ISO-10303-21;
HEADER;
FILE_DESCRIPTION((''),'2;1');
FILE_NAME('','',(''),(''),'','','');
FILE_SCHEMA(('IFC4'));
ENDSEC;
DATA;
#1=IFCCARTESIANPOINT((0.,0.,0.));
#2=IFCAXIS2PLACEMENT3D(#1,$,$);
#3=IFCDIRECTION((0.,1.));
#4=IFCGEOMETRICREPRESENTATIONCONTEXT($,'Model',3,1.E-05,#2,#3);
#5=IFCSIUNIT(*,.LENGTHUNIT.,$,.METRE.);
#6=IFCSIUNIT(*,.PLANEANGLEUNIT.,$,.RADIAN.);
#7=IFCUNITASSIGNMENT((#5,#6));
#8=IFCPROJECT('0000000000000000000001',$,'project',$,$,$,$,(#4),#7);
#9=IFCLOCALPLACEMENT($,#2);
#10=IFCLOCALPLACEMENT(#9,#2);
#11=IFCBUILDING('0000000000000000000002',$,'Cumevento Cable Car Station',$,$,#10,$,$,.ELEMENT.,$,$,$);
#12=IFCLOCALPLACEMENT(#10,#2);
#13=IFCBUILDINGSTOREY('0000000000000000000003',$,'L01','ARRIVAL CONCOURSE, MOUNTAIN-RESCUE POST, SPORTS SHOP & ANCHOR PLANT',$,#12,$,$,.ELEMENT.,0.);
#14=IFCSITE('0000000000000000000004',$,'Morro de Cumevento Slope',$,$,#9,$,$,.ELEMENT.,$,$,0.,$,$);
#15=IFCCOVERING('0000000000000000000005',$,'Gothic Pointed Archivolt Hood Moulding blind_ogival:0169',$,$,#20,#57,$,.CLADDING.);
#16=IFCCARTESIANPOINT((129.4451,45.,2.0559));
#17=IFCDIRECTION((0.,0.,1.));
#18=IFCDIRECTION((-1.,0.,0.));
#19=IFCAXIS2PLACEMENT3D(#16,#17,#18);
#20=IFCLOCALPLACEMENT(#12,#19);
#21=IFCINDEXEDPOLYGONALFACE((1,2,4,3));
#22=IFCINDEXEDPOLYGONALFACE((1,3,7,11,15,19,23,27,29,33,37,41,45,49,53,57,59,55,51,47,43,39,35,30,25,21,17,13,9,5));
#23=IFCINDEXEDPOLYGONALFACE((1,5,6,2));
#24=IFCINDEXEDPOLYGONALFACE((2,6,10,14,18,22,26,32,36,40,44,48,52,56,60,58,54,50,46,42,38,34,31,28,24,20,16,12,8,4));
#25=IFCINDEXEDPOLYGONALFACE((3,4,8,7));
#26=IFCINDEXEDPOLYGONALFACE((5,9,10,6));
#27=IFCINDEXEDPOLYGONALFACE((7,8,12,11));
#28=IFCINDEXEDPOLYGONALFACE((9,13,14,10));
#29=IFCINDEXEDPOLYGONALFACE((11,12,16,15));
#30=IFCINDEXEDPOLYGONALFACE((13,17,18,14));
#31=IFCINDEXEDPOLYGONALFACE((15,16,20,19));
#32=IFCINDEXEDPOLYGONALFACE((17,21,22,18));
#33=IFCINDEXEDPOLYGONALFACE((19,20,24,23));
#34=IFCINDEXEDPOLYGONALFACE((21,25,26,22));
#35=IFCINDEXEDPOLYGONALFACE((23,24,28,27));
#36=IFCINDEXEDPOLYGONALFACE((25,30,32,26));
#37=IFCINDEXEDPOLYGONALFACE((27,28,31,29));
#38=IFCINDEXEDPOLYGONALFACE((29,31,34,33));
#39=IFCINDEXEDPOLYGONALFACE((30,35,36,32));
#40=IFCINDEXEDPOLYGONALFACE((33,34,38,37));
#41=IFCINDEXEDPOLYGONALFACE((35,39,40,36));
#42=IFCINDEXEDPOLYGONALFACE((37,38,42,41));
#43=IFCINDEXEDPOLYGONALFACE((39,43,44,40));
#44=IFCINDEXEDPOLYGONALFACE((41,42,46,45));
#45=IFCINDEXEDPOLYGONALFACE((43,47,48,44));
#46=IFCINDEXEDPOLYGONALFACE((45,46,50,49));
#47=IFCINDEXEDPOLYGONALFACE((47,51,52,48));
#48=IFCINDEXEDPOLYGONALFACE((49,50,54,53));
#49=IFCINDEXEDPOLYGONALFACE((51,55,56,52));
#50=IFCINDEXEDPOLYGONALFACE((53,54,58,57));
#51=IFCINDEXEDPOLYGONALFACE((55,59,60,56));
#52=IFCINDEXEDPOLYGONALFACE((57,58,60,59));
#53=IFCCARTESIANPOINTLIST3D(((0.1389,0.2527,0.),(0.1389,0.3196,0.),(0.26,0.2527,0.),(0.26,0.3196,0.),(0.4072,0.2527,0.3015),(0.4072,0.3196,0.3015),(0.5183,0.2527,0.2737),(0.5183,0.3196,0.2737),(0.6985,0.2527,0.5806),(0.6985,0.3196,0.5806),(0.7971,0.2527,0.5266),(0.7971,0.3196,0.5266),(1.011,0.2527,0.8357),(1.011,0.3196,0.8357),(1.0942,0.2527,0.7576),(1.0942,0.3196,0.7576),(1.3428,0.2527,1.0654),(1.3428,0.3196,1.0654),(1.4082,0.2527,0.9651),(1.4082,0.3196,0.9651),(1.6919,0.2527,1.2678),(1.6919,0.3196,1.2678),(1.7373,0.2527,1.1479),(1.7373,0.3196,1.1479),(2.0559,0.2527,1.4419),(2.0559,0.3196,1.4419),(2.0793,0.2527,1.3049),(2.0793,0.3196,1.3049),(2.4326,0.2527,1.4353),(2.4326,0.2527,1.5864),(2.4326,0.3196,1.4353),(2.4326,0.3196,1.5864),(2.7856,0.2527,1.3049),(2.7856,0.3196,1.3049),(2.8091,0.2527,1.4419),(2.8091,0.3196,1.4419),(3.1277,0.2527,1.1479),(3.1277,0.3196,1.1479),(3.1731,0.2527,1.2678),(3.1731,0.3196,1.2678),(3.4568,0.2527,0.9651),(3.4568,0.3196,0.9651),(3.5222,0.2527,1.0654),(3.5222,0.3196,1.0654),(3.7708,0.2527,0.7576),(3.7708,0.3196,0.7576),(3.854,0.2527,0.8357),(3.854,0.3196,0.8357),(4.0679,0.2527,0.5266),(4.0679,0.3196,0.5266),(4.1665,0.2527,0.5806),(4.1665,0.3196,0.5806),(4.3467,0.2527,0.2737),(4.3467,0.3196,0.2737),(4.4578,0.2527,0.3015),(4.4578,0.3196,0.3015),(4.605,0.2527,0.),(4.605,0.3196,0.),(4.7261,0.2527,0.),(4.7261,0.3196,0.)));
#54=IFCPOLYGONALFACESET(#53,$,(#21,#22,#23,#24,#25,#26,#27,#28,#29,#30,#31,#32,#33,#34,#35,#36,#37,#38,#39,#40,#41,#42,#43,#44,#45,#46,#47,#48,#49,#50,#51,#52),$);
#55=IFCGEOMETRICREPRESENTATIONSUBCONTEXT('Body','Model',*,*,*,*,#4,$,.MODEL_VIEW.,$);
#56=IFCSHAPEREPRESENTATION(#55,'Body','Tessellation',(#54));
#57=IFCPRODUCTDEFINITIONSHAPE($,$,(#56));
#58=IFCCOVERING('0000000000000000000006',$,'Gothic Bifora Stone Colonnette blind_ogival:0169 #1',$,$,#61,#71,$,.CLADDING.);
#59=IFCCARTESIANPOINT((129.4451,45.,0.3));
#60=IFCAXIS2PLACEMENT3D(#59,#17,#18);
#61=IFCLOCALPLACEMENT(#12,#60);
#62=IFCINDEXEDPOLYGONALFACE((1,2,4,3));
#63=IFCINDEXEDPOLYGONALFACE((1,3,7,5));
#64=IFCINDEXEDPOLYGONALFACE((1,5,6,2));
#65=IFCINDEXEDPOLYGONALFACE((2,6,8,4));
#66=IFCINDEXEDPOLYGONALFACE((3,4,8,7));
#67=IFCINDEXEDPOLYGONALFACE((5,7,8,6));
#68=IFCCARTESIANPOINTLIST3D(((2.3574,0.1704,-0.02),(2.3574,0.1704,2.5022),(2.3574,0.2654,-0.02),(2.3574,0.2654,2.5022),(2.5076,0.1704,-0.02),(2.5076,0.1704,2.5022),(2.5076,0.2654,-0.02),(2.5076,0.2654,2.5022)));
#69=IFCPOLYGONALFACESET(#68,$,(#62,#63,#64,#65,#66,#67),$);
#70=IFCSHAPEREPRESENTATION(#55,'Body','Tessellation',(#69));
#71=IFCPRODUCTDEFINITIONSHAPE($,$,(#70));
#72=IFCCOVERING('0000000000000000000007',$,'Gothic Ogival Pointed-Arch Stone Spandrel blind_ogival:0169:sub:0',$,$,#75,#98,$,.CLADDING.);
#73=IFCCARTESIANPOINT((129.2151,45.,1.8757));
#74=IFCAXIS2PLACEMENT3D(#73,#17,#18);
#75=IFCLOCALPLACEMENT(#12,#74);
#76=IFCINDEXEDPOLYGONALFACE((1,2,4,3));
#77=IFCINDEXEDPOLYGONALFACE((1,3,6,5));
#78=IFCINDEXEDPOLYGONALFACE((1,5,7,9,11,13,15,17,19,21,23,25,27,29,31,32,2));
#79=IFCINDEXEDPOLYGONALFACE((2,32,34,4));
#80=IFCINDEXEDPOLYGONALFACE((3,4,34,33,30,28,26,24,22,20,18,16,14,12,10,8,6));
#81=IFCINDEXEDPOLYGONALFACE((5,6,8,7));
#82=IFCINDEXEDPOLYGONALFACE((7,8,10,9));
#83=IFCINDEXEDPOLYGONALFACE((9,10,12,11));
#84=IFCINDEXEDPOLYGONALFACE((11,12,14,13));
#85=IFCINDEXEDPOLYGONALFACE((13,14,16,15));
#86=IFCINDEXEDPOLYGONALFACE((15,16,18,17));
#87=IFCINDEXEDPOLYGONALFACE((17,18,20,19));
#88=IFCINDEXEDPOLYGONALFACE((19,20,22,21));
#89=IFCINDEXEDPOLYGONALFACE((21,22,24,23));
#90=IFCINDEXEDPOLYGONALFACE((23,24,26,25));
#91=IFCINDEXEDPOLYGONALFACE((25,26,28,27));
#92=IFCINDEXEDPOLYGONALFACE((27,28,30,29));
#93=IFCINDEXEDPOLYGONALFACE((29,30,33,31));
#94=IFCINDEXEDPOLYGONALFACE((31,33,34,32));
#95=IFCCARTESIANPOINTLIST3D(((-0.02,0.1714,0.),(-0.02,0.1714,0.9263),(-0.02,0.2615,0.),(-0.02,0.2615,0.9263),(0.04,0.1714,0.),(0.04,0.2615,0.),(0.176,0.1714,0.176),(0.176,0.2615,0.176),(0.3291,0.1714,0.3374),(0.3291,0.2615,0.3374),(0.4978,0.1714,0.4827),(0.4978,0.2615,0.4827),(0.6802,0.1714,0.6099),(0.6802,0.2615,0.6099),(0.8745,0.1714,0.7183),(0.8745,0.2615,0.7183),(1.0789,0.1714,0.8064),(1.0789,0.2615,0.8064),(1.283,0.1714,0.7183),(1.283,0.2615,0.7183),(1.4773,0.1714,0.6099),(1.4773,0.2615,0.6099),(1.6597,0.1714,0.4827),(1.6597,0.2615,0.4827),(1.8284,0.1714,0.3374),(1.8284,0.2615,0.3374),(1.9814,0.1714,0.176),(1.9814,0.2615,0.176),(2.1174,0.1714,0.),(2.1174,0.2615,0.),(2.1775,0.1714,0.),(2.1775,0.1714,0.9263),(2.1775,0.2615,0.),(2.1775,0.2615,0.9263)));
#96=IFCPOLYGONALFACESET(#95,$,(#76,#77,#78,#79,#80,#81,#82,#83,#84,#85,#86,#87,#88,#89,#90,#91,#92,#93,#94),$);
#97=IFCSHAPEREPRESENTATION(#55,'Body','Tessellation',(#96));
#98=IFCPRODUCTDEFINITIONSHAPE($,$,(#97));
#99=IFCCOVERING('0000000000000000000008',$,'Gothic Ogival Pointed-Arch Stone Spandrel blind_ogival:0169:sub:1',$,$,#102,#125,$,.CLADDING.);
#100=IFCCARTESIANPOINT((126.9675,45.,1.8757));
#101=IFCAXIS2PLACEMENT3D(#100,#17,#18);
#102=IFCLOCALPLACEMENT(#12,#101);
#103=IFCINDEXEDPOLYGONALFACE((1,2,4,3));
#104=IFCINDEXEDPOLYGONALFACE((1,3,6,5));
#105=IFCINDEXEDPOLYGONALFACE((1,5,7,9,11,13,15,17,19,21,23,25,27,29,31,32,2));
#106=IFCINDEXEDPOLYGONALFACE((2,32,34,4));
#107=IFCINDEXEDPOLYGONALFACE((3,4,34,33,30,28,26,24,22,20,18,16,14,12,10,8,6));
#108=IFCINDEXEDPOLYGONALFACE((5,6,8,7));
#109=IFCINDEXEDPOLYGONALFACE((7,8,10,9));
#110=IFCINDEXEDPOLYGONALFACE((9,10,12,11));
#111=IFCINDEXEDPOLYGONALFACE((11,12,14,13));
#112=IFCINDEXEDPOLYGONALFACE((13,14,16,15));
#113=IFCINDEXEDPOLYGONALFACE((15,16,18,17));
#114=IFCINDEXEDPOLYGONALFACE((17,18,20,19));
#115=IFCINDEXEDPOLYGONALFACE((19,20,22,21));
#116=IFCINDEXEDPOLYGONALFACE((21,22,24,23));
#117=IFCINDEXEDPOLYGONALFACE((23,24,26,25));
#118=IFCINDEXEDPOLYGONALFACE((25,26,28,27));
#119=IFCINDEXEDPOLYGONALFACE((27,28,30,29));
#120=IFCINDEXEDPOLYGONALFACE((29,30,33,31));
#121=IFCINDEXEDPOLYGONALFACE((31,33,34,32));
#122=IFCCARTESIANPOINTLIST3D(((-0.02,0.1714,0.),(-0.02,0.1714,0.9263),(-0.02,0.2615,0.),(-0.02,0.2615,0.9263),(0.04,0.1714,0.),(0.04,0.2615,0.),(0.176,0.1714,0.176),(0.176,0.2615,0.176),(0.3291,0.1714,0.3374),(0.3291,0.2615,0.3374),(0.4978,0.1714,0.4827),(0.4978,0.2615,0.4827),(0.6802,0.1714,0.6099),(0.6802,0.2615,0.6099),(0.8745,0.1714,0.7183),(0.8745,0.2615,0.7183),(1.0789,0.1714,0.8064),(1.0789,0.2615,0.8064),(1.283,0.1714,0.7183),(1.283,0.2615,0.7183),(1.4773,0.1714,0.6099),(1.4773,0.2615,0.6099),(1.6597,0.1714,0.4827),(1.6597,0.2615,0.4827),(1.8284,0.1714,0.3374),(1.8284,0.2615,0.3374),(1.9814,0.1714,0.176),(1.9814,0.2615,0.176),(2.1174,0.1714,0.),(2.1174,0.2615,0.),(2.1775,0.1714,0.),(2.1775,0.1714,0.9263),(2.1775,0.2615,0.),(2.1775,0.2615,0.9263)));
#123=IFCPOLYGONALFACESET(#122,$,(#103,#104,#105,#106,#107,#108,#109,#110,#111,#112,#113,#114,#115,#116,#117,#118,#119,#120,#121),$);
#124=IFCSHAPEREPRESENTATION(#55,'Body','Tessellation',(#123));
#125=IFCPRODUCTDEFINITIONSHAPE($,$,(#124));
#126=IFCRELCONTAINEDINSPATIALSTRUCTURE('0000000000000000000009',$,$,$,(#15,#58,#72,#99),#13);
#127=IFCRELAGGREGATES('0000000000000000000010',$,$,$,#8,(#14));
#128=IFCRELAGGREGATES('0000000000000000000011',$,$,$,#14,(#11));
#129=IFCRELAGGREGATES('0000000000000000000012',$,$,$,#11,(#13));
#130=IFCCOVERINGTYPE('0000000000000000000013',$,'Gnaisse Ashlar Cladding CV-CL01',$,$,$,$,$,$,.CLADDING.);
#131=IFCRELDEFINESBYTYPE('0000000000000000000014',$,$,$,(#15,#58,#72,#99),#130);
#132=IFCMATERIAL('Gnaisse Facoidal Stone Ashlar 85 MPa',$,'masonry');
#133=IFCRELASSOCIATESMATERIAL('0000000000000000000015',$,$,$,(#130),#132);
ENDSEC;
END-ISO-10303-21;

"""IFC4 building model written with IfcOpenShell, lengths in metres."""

from ifc_helpers import new_model, si_unit, direction, frame, origin, place, context, subcontext, project, spatial, polyline, outline, extrude, material, type_object, element, save


model = new_model("IFC4")

# Units and contexts
model_context = context("Model", 3, precision=1e-05, world=origin(), true_north=direction((0.0, 1.0)))
body_context = subcontext(model_context, "Body", "Model", "MODEL_VIEW")
ifc_project = project(units=[si_unit("LENGTHUNIT", "METRE"), si_unit("PLANEANGLEUNIT", "RADIAN")], contexts=[model_context])

# Site, building, storey
site_placement = place(None, origin())
site = spatial("IfcSite", under=ifc_project, at=site_placement, Name="Morro de Cumevento Slope", CompositionType="ELEMENT", RefElevation=0.0)
building_placement = place(site_placement, origin())
building = spatial("IfcBuilding", under=site, at=building_placement, Name="Cumevento Cable Car Station", CompositionType="ELEMENT")
storey_placement = place(building_placement, origin())
storey = spatial("IfcBuildingStorey", under=building, at=storey_placement, Name="L01", Description="ARRIVAL CONCOURSE, MOUNTAIN-RESCUE POST, SPORTS SHOP & ANCHOR PLANT", CompositionType="ELEMENT", Elevation=0.0)

# Coverings
ifc_material_1 = material(Name="Gnaisse Facoidal Stone Ashlar 85 MPa", Category="masonry")
covering_type = type_object("IfcCoveringType", Name="Gnaisse Ashlar Cladding CV-CL01", PredefinedType="CLADDING", material=ifc_material_1)
placement_1 = place(storey_placement, frame((129.4451, 45.0, 0.3), z_axis=(0.0, 0.0, 1.0), x_axis=(-1.0, 0.0, 0.0)))
covering_1_placement = place(storey_placement, frame((129.4451, 45.0, 2.0559), z_axis=(0.0, 0.0, 1.0), x_axis=(-1.0, 0.0, 0.0)))
element("IfcCovering", 1, at=covering_1_placement, inside=storey, type_object=covering_type, Name="Gothic Pointed Archivolt Hood Moulding blind_ogival:0169", PredefinedType="CLADDING", context=body_context, shape_type="SweptSolid", body=[
    extrude(outline(polyline([(0.26, 0.0), (0.5183, 0.2737), (0.7971, 0.5266), (1.0942, 0.7576), (1.4082, 0.9651), (1.7373, 1.1479), (2.0793, 1.3049), (2.4326, 1.4353), (2.7856, 1.3049), (3.1277, 1.1479), (3.4568, 0.9651), (3.7708, 0.7576), (4.0679, 0.5266), (4.3467, 0.2737), (4.605, 0.0), (4.7261, 0.0), (4.4578, 0.3015), (4.1665, 0.5806), (3.854, 0.8357), (3.5222, 1.0654), (3.1731, 1.2678), (2.8091, 1.4419), (2.4326, 1.5864), (2.0559, 1.4419), (1.6919, 1.2678), (1.3428, 1.0654), (1.011, 0.8357), (0.6985, 0.5806), (0.4072, 0.3015), (0.1389, 0.0), (0.26, 0.0)])), frame((0.0, 0.3196, 0.0), z_axis=(0.0, -1.0, 0.0), x_axis=(1.0, 0.0, 0.0)), (0.0, 0.0, 1.0), 0.0669),
])
element("IfcCovering", 2, at=placement_1, inside=storey, type_object=covering_type, Name="Gothic Bifora Stone Colonnette blind_ogival:0169 #1", PredefinedType="CLADDING", context=body_context, shape_type="SweptSolid", body=[
    extrude(outline(polyline([(2.3574, -0.02), (2.5076, -0.02), (2.5076, 2.5022), (2.3574, 2.5022), (2.3574, -0.02)])), frame((0.0, 0.2654, 0.0), z_axis=(0.0, -1.0, 0.0), x_axis=(1.0, 0.0, 0.0)), (0.0, 0.0, 1.0), 0.095),
])
for number, where, z_axis, x_axis, name in (
    (3, (129.2151, 45.0, 1.8757), (0.0, 0.0, 1.0), (-1.0, 0.0, 0.0), "Gothic Ogival Pointed-Arch Stone Spandrel blind_ogival:0169:sub:0"),
    (4, (126.9675, 45.0, 1.8757), (0.0, 0.0, 1.0), (-1.0, 0.0, 0.0), "Gothic Ogival Pointed-Arch Stone Spandrel blind_ogival:0169:sub:1"),
):
    element("IfcCovering", number, at=place(storey_placement, frame(where, z_axis=z_axis, x_axis=x_axis)), inside=storey, type_object=covering_type, Name=name, PredefinedType="CLADDING", context=body_context, shape_type="SweptSolid", body=[
        extrude(outline(polyline([(-0.02, 0.0), (-0.02, 0.9263), (2.1775, 0.9263), (2.1775, 0.0), (2.1174, 0.0), (1.9814, 0.176), (1.8284, 0.3374), (1.6597, 0.4827), (1.4773, 0.6099), (1.283, 0.7183), (1.0789, 0.8064), (0.8745, 0.7183), (0.6802, 0.6099), (0.4978, 0.4827), (0.3291, 0.3374), (0.176, 0.176), (0.04, 0.0), (-0.02, 0.0)])), frame((0.0, 0.2615, 0.0), z_axis=(0.0, -1.0, 0.0), x_axis=(1.0, 0.0, 0.0)), (0.0, 0.0, 1.0), 0.0901),
    ])

save(model, "model.ifc")
